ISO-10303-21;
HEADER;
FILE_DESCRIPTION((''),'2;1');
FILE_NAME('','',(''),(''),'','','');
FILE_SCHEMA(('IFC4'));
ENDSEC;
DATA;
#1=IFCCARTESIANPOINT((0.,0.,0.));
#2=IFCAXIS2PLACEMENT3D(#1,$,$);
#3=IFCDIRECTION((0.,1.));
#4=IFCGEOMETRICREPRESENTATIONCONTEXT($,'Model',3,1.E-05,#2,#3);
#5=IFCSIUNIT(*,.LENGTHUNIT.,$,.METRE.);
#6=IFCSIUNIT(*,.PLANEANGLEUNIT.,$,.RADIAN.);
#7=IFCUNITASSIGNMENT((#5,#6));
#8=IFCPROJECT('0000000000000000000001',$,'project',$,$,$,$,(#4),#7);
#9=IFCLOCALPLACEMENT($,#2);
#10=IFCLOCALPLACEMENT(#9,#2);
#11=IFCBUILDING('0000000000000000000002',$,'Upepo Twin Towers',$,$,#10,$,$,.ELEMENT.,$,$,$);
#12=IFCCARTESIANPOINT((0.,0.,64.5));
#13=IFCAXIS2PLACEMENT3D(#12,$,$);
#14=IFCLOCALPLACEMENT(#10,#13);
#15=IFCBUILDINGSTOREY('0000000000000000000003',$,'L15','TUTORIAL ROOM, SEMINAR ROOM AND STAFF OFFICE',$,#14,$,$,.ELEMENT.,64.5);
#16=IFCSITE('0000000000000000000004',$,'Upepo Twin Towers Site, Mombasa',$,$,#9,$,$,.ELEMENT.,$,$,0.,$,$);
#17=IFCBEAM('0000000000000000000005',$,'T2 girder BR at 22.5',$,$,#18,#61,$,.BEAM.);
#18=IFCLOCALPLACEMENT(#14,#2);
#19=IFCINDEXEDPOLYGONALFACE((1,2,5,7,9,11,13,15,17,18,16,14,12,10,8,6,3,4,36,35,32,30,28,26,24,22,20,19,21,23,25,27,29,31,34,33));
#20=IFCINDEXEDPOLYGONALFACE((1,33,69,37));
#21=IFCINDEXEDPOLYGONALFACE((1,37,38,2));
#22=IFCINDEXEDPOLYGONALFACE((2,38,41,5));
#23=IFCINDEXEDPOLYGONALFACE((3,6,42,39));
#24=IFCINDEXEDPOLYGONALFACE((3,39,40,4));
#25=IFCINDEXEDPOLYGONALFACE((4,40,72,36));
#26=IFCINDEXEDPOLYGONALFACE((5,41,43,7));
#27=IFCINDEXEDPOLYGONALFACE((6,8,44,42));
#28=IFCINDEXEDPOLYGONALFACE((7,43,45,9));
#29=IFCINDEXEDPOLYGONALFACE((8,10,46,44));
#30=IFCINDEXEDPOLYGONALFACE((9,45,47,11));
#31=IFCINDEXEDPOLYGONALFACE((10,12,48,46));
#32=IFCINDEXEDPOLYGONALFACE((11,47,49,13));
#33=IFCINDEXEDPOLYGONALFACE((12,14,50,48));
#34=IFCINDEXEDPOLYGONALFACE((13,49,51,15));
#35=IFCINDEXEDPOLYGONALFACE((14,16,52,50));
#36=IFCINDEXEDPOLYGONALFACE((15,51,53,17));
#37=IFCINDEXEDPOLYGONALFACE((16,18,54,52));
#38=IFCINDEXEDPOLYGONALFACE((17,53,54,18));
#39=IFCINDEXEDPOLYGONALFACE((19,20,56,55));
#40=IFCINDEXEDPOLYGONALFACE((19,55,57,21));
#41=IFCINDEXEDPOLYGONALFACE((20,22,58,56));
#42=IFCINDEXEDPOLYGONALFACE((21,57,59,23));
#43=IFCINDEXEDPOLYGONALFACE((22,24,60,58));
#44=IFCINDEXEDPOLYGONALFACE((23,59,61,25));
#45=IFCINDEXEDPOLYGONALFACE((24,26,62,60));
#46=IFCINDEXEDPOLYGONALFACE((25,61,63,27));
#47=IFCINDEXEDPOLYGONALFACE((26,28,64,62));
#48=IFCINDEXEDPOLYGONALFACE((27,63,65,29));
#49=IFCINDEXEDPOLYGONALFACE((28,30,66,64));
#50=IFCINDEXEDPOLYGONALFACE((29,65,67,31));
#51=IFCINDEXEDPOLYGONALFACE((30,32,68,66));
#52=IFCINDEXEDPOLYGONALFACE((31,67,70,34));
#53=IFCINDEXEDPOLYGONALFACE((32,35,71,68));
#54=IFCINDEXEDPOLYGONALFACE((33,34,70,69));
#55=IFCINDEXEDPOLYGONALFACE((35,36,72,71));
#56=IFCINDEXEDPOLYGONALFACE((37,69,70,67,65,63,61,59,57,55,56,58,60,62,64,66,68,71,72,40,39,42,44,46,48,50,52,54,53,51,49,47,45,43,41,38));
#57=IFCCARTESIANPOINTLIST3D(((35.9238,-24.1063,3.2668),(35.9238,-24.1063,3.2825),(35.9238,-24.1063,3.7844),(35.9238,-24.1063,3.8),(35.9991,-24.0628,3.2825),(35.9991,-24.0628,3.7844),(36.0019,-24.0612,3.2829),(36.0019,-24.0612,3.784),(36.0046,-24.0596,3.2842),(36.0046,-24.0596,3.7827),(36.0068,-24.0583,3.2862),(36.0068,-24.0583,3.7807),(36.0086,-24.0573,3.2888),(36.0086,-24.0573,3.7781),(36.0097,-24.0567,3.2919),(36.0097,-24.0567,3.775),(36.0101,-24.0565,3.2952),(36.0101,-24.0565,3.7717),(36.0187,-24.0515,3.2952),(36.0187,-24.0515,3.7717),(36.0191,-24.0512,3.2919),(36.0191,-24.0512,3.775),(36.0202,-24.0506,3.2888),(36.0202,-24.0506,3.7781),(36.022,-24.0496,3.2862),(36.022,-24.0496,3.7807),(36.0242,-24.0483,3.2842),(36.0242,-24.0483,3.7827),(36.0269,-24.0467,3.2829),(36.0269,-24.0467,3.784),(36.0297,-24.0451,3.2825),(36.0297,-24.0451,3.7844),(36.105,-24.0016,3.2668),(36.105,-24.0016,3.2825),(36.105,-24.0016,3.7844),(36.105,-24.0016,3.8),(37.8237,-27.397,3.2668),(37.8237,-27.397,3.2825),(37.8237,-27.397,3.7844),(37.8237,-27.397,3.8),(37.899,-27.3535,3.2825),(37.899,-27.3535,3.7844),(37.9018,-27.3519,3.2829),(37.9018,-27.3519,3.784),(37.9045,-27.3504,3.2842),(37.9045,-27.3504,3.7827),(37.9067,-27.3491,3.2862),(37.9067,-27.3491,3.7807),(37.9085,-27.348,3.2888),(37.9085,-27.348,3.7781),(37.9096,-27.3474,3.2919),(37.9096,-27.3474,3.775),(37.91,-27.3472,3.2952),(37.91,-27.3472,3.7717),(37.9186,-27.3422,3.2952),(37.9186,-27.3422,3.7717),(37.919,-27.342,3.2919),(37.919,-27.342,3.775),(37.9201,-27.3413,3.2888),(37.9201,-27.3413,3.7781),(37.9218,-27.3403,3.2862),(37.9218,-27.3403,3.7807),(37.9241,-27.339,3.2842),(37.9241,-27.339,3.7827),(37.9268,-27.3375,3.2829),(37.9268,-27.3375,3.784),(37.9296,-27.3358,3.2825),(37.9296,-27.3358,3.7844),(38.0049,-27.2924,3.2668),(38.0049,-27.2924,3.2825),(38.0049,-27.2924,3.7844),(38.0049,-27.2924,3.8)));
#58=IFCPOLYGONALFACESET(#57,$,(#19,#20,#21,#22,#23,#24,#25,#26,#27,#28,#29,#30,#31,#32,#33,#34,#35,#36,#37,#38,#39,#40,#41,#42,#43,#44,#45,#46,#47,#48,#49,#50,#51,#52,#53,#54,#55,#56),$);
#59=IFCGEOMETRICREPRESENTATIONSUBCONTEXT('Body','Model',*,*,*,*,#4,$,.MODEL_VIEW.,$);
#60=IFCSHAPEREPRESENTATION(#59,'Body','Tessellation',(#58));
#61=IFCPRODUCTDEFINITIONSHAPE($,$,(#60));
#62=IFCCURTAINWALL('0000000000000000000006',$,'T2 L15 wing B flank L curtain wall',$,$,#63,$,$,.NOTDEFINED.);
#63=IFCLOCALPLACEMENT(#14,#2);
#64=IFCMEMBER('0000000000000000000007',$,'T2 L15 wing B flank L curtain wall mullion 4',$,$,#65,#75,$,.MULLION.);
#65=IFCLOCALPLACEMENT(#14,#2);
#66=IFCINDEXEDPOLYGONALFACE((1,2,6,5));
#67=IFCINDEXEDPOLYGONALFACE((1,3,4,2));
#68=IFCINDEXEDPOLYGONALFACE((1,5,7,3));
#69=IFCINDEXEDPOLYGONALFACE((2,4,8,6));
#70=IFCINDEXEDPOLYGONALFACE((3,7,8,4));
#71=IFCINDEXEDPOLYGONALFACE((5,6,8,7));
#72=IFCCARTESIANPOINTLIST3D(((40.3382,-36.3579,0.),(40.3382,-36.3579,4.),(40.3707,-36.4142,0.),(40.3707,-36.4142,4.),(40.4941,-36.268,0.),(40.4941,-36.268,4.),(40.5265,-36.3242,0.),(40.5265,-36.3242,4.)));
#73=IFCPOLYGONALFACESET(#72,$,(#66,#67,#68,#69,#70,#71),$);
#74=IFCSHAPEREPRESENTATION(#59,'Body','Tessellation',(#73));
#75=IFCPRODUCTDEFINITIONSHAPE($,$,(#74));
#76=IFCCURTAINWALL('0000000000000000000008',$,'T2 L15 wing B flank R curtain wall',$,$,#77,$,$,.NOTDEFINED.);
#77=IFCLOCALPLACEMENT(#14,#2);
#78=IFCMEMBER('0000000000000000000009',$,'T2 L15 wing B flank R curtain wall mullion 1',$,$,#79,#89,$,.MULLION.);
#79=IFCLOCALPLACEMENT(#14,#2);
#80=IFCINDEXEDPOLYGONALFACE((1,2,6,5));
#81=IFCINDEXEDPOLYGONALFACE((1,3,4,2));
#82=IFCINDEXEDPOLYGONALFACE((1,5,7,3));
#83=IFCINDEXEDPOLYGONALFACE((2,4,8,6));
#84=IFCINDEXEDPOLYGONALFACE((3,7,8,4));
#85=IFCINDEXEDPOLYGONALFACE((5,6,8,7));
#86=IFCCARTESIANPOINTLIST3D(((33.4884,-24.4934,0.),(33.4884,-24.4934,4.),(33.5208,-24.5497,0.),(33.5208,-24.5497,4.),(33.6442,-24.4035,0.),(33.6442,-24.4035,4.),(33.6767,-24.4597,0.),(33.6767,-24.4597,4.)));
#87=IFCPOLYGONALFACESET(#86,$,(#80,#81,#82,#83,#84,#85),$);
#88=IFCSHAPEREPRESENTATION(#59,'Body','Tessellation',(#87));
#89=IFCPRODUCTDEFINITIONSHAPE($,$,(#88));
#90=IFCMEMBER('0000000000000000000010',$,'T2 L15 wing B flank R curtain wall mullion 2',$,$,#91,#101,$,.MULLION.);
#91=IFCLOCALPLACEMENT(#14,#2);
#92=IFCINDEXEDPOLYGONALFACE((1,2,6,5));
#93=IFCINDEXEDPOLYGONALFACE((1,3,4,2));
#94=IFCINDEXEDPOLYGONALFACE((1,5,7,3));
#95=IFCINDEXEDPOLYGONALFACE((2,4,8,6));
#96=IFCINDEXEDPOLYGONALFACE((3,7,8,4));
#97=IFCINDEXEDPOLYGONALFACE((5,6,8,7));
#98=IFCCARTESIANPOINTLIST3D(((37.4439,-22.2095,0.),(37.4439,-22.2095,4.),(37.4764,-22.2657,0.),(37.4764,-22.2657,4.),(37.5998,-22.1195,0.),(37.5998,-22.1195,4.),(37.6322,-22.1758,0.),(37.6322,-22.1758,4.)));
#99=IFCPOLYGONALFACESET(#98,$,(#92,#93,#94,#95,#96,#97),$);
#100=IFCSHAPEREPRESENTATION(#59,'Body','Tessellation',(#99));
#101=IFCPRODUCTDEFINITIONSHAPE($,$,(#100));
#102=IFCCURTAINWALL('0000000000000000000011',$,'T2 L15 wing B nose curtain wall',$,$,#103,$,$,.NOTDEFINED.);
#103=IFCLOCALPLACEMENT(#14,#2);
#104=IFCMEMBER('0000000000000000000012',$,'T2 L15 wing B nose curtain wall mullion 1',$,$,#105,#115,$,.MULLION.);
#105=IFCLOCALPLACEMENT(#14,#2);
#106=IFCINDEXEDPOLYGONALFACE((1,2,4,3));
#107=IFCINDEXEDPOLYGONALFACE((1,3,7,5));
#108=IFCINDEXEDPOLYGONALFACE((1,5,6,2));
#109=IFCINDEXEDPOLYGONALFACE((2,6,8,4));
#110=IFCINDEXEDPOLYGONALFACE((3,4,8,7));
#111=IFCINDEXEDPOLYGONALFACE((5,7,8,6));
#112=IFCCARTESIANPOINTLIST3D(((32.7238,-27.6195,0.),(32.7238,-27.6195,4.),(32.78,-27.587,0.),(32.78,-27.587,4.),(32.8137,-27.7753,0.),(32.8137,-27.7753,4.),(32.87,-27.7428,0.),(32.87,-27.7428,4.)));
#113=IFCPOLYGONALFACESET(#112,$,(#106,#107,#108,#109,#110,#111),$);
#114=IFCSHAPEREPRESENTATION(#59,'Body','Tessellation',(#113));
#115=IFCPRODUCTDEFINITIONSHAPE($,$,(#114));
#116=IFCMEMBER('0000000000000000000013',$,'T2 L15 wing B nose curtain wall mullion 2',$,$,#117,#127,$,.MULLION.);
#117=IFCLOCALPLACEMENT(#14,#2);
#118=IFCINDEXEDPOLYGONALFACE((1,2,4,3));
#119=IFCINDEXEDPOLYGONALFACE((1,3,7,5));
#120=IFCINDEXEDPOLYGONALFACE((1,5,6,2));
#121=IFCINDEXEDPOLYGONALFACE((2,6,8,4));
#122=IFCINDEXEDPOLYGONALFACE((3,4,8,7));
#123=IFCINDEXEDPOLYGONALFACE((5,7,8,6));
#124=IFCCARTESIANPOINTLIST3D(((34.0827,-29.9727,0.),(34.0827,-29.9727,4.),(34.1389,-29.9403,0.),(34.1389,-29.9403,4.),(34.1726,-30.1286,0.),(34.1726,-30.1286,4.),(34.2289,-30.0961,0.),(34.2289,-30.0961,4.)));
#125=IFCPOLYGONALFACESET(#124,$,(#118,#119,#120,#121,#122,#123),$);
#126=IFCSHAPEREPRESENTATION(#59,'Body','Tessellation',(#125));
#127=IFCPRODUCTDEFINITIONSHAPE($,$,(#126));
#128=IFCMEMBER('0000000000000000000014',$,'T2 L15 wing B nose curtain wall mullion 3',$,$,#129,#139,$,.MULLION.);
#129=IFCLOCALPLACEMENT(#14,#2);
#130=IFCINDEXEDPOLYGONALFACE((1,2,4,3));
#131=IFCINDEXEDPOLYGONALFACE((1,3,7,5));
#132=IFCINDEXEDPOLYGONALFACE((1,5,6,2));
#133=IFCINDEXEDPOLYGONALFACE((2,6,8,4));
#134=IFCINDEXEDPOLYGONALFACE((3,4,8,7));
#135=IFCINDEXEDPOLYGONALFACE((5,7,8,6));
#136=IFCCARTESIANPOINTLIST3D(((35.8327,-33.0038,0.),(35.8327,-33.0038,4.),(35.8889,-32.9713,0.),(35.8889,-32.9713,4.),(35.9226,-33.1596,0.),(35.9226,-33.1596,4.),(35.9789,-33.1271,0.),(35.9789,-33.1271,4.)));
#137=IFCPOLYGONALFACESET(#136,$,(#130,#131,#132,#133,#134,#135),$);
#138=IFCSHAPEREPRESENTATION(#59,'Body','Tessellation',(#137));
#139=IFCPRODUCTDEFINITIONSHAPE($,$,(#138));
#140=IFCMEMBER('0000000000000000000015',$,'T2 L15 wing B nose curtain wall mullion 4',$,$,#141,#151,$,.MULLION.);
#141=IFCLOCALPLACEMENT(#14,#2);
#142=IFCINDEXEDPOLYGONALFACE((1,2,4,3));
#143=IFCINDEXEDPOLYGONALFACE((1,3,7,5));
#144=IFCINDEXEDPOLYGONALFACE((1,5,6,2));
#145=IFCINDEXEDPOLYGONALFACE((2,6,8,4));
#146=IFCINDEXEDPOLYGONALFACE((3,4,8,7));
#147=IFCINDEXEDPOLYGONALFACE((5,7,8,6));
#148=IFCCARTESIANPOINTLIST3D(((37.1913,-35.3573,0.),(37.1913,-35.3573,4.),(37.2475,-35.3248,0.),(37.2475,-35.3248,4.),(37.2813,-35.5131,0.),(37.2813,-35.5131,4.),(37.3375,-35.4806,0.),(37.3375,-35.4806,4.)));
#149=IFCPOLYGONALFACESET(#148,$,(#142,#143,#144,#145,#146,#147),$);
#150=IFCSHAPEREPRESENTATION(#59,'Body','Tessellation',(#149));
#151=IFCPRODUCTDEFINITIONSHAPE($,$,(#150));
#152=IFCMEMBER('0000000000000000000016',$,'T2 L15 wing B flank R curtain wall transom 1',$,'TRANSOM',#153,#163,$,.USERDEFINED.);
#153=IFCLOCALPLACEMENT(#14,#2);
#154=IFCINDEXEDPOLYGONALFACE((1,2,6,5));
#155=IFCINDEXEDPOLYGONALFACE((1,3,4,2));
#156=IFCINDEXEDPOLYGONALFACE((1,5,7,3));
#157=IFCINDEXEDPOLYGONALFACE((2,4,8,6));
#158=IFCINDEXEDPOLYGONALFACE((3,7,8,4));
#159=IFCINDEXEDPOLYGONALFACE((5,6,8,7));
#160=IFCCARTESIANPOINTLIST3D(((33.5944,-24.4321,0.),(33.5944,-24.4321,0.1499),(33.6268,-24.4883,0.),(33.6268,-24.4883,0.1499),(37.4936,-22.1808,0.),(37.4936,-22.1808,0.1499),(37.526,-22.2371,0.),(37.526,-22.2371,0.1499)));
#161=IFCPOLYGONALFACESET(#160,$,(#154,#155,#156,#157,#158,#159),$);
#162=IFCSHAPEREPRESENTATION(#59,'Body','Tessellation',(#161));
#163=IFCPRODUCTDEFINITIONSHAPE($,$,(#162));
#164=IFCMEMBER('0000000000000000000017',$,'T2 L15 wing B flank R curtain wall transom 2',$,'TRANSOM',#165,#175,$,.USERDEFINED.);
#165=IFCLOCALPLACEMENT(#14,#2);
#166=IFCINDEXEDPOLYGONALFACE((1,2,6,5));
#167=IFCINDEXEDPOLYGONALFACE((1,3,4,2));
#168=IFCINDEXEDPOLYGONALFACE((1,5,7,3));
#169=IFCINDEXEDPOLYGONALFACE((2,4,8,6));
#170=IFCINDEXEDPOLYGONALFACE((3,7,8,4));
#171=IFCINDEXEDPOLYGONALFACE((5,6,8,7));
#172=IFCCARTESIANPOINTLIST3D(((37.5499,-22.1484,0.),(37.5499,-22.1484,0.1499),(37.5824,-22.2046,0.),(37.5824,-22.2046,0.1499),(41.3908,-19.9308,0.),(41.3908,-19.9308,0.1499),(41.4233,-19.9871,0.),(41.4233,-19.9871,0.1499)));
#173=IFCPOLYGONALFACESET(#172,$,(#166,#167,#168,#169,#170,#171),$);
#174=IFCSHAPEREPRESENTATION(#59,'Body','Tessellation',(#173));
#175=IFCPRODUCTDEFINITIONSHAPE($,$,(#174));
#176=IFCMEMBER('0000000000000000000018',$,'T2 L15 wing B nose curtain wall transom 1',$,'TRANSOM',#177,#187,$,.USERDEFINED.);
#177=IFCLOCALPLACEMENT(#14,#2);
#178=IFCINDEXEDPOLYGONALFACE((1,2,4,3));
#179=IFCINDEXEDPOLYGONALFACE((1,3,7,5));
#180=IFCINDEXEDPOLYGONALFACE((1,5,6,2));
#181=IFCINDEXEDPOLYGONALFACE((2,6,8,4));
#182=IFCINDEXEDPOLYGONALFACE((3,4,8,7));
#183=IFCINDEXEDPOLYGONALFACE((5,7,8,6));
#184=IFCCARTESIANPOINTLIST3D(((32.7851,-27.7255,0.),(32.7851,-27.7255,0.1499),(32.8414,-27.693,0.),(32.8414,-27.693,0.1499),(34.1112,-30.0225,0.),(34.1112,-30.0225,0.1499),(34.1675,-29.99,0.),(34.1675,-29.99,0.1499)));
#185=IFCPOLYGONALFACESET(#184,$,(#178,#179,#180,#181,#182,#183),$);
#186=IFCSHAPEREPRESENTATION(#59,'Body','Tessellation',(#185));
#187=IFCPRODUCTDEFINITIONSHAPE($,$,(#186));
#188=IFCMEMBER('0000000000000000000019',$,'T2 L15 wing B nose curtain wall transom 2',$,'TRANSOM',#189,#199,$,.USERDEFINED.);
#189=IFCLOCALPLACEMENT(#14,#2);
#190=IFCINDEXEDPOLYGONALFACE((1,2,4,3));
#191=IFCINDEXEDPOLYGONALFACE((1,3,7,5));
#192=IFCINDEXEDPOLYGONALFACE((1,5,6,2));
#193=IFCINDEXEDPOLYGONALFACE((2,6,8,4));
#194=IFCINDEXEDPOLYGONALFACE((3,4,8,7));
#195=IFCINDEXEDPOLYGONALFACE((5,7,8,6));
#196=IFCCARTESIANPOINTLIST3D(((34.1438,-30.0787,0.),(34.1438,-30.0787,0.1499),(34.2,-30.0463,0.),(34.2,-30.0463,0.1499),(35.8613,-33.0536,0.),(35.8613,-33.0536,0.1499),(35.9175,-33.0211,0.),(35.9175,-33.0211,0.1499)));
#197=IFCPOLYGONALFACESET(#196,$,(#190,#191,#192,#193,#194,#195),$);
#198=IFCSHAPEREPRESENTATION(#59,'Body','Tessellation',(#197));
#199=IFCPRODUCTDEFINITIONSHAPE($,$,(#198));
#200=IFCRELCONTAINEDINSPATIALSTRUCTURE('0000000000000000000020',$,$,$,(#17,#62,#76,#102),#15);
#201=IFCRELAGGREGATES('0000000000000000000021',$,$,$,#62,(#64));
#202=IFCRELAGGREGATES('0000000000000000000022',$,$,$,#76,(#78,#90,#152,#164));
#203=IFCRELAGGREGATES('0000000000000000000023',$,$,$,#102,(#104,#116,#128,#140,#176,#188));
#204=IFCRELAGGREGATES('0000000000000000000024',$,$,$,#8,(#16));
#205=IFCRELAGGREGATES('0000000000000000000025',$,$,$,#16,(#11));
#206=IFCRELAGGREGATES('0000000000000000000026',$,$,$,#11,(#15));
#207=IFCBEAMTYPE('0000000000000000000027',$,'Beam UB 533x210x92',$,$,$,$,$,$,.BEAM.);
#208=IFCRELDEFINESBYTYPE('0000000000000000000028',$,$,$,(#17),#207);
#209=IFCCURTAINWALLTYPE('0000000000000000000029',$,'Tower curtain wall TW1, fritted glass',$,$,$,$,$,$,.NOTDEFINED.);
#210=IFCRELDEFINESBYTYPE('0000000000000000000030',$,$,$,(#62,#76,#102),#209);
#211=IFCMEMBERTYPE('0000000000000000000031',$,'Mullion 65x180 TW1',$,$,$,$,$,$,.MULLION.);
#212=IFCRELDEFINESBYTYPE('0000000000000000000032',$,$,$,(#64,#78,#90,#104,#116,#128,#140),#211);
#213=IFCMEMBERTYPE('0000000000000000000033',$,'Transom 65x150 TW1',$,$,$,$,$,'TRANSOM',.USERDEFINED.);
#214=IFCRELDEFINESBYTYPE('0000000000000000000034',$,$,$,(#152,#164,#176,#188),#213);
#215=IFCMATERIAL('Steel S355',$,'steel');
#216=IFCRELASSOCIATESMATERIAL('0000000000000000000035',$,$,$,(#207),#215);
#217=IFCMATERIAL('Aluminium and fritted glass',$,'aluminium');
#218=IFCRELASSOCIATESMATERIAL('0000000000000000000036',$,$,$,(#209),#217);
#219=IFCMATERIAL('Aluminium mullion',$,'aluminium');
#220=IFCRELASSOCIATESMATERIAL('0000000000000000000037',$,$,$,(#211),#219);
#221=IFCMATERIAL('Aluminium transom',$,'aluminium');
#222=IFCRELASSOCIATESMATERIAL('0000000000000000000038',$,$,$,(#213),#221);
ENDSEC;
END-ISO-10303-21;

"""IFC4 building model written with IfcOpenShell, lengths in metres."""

from ifc_helpers import new_model, si_unit, direction, frame, origin, origin_2d, place, context, subcontext, project, spatial, rectangle, i_section, extrude, material, material_profile, profile_set, type_object, element, aggregate, save


model = new_model("IFC4")

# Units and contexts
model_context = context("Model", 3, precision=1e-05, world=origin(), true_north=direction((0.0, 1.0)))
body_context = subcontext(model_context, "Body", "Model", "MODEL_VIEW")
ifc_project = project(units=[si_unit("LENGTHUNIT", "METRE"), si_unit("PLANEANGLEUNIT", "RADIAN")], contexts=[model_context])

# Site, building, storey
site_placement = place(None, origin())
site = spatial("IfcSite", under=ifc_project, at=site_placement, Name="Upepo Twin Towers Site, Mombasa", CompositionType="ELEMENT", RefElevation=0.0)
building_placement = place(site_placement, origin())
building = spatial("IfcBuilding", under=site, at=building_placement, Name="Upepo Twin Towers", CompositionType="ELEMENT")
storey_placement = place(building_placement, frame((0.0, 0.0, 64.5)))
storey = spatial("IfcBuildingStorey", under=building, at=storey_placement, Name="L15", Description="TUTORIAL ROOM, SEMINAR ROOM AND STAFF OFFICE", CompositionType="ELEMENT", Elevation=64.5)

# Beam
ifc_material_1 = material(Name="Steel S355", Category="steel")
ifc_material_profile_1 = material_profile(ifc_material_1, i_section(OverallWidth=0.2092, OverallDepth=0.5332, WebThickness=0.01, FlangeThickness=0.0156, FilletRadius=0.0127, at=origin_2d()), Name="UB 533x210x92")
ifc_profile_set_1 = profile_set([ifc_material_profile_1], Name="Steel S355")
beam_type_1 = type_object("IfcBeamType", Name="Beam UB 533x210x92", PredefinedType="BEAM", material=ifc_profile_set_1)
beam_1_placement = place(storey_placement, frame((36.0144, -24.054, 3.5334), z_axis=(0.499995, -0.866028, 0.0), x_axis=(0.866028, 0.499995, 0.0)))
element("IfcBeam", 1, at=beam_1_placement, inside=storey, type_object=beam_type_1, Name="T2 girder BR at 22.5", PredefinedType="BEAM", context=body_context, shape_type="SweptSolid", body=[
    extrude(i_section(OverallWidth=0.2092, OverallDepth=0.5332, WebThickness=0.01, FlangeThickness=0.0156, FilletRadius=0.0127, at=origin_2d()), origin(), (0.0, 0.0, 1.0), 3.7998),
])

# Curtain wall, member
ifc_material_2 = material(Name="Aluminium and fritted glass", Category="aluminium")
curtain_wall_type = type_object("IfcCurtainWallType", Name="Tower curtain wall TW1, fritted glass", PredefinedType="NOTDEFINED", material=ifc_material_2)
curtain_wall_1_placement = place(storey_placement, origin())
curtain_wall_1 = element("IfcCurtainWall", 2, at=curtain_wall_1_placement, inside=storey, type_object=curtain_wall_type, Name="T2 L15 wing B flank L curtain wall", PredefinedType="NOTDEFINED")
ifc_material_3 = material(Name="Aluminium mullion", Category="aluminium")
ifc_material_profile_2 = material_profile(ifc_material_3, rectangle(XDim=0.0649, YDim=0.1799, at=origin_2d()), Name="MULLION 65x180")
ifc_profile_set_2 = profile_set([ifc_material_profile_2], Name="Aluminium mullion")
member_type_1 = type_object("IfcMemberType", Name="Mullion 65x180 TW1", PredefinedType="MULLION", material=ifc_profile_set_2)
member_1_placement = place(storey_placement, frame((40.4324, -36.3411, 0.0), z_axis=(0.0, 0.0, 1.0), x_axis=(0.5, -0.866025, 0.0)))
member_1 = element("IfcMember", 3, at=member_1_placement, type_object=member_type_1, Name="T2 L15 wing B flank L curtain wall mullion 4", PredefinedType="MULLION", context=body_context, shape_type="SweptSolid", body=[
    extrude(rectangle(XDim=0.0649, YDim=0.1799, at=origin_2d()), origin(), (0.0, 0.0, 1.0), 4.0),
])
aggregate(curtain_wall_1, [member_1])

# Curtain walls, members
curtain_wall_2_placement = place(storey_placement, origin())
curtain_wall_2 = element("IfcCurtainWall", 4, at=curtain_wall_2_placement, inside=storey, type_object=curtain_wall_type, Name="T2 L15 wing B flank R curtain wall", PredefinedType="NOTDEFINED")
member_2_placement = place(storey_placement, frame((33.5825, -24.4766, 0.0), z_axis=(0.0, 0.0, 1.0), x_axis=(-0.5, 0.866025, 0.0)))
member_2 = element("IfcMember", 5, at=member_2_placement, type_object=member_type_1, Name="T2 L15 wing B flank R curtain wall mullion 1", PredefinedType="MULLION", context=body_context, shape_type="SweptSolid", body=[
    extrude(rectangle(XDim=0.0649, YDim=0.1799, at=origin_2d()), origin(), (0.0, 0.0, 1.0), 4.0),
])
member_3_placement = place(storey_placement, frame((37.5381, -22.1926, 0.0), z_axis=(0.0, 0.0, 1.0), x_axis=(-0.5, 0.866025, 0.0)))
member_3 = element("IfcMember", 6, at=member_3_placement, type_object=member_type_1, Name="T2 L15 wing B flank R curtain wall mullion 2", PredefinedType="MULLION", context=body_context, shape_type="SweptSolid", body=[
    extrude(rectangle(XDim=0.0649, YDim=0.1799, at=origin_2d()), origin(), (0.0, 0.0, 1.0), 4.0),
])
curtain_wall_3_placement = place(storey_placement, origin())
curtain_wall_3 = element("IfcCurtainWall", 7, at=curtain_wall_3_placement, inside=storey, type_object=curtain_wall_type, Name="T2 L15 wing B nose curtain wall", PredefinedType="NOTDEFINED")
member_4_placement = place(storey_placement, frame((32.7969, -27.6812, 0.0), z_axis=(0.0, 0.0, 1.0), x_axis=(0.866025, 0.5, 0.0)))
member_4 = element("IfcMember", 8, at=member_4_placement, type_object=member_type_1, Name="T2 L15 wing B nose curtain wall mullion 1", PredefinedType="MULLION", context=body_context, shape_type="SweptSolid", body=[
    extrude(rectangle(XDim=0.0649, YDim=0.1799, at=origin_2d()), origin(), (0.0, 0.0, 1.0), 4.0),
])
member_5_placement = place(storey_placement, frame((34.1558, -30.0344, 0.0), z_axis=(0.0, 0.0, 1.0), x_axis=(0.866025, 0.5, 0.0)))
member_5 = element("IfcMember", 9, at=member_5_placement, type_object=member_type_1, Name="T2 L15 wing B nose curtain wall mullion 2", PredefinedType="MULLION", context=body_context, shape_type="SweptSolid", body=[
    extrude(rectangle(XDim=0.0649, YDim=0.1799, at=origin_2d()), origin(), (0.0, 0.0, 1.0), 4.0),
])
member_6_placement = place(storey_placement, frame((35.9058, -33.0654, 0.0), z_axis=(0.0, 0.0, 1.0), x_axis=(0.866025, 0.5, 0.0)))
member_6 = element("IfcMember", 10, at=member_6_placement, type_object=member_type_1, Name="T2 L15 wing B nose curtain wall mullion 3", PredefinedType="MULLION", context=body_context, shape_type="SweptSolid", body=[
    extrude(rectangle(XDim=0.0649, YDim=0.1799, at=origin_2d()), origin(), (0.0, 0.0, 1.0), 4.0),
])
member_7_placement = place(storey_placement, frame((37.2644, -35.4189, 0.0), z_axis=(0.0, 0.0, 1.0), x_axis=(0.866025, 0.5, 0.0)))
member_7 = element("IfcMember", 11, at=member_7_placement, type_object=member_type_1, Name="T2 L15 wing B nose curtain wall mullion 4", PredefinedType="MULLION", context=body_context, shape_type="SweptSolid", body=[
    extrude(rectangle(XDim=0.0649, YDim=0.1799, at=origin_2d()), origin(), (0.0, 0.0, 1.0), 4.0),
])

# Members
ifc_material_4 = material(Name="Aluminium transom", Category="aluminium")
ifc_material_profile_3 = material_profile(ifc_material_4, rectangle(XDim=0.0649, YDim=0.1499, at=origin_2d()), Name="TRANSOM 65x150")
ifc_profile_set_3 = profile_set([ifc_material_profile_3], Name="Aluminium transom")
member_type_2 = type_object("IfcMemberType", Name="Transom 65x150 TW1", ElementType="TRANSOM", PredefinedType="USERDEFINED", material=ifc_profile_set_3)
member_8_placement = place(storey_placement, frame((33.6106, -24.4602, 0.075), z_axis=(0.866022, 0.500006, 0.0), x_axis=(-0.500006, 0.866022, 0.0)))
member_8 = element("IfcMember", 12, at=member_8_placement, type_object=member_type_2, Name="T2 L15 wing B flank R curtain wall transom 1", ObjectType="TRANSOM", PredefinedType="USERDEFINED", context=body_context, shape_type="SweptSolid", body=[
    extrude(rectangle(XDim=0.0649, YDim=0.1499, at=origin_2d()), origin(), (0.0, 0.0, 1.0), 4.5024),
])
member_9_placement = place(storey_placement, frame((37.5662, -22.1765, 0.075), z_axis=(0.866022, 0.500005, 0.0), x_axis=(-0.500005, 0.866022, 0.0)))
member_9 = element("IfcMember", 13, at=member_9_placement, type_object=member_type_2, Name="T2 L15 wing B flank R curtain wall transom 2", ObjectType="TRANSOM", PredefinedType="USERDEFINED", context=body_context, shape_type="SweptSolid", body=[
    extrude(rectangle(XDim=0.0649, YDim=0.1499, at=origin_2d()), origin(), (0.0, 0.0, 1.0), 4.4351),
])
member_10_placement = place(storey_placement, frame((32.8132, -27.7092, 0.075), z_axis=(0.49998, -0.866037, 0.0), x_axis=(0.866037, 0.49998, 0.0)))
member_10 = element("IfcMember", 14, at=member_10_placement, type_object=member_type_2, Name="T2 L15 wing B nose curtain wall transom 1", ObjectType="TRANSOM", PredefinedType="USERDEFINED", context=body_context, shape_type="SweptSolid", body=[
    extrude(rectangle(XDim=0.0649, YDim=0.1499, at=origin_2d()), origin(), (0.0, 0.0, 1.0), 2.6523),
])
member_11_placement = place(storey_placement, frame((34.1719, -30.0625, 0.075), z_axis=(0.499999, -0.866026, 0.0), x_axis=(0.866026, 0.499999, 0.0)))
member_11 = element("IfcMember", 15, at=member_11_placement, type_object=member_type_2, Name="T2 L15 wing B nose curtain wall transom 2", ObjectType="TRANSOM", PredefinedType="USERDEFINED", context=body_context, shape_type="SweptSolid", body=[
    extrude(rectangle(XDim=0.0649, YDim=0.1499, at=origin_2d()), origin(), (0.0, 0.0, 1.0), 3.4351),
])

aggregate(curtain_wall_2, [member_2, member_3, member_8, member_9])
aggregate(curtain_wall_3, [member_4, member_5, member_6, member_7, member_10, member_11])

save(model, "model.ifc")
